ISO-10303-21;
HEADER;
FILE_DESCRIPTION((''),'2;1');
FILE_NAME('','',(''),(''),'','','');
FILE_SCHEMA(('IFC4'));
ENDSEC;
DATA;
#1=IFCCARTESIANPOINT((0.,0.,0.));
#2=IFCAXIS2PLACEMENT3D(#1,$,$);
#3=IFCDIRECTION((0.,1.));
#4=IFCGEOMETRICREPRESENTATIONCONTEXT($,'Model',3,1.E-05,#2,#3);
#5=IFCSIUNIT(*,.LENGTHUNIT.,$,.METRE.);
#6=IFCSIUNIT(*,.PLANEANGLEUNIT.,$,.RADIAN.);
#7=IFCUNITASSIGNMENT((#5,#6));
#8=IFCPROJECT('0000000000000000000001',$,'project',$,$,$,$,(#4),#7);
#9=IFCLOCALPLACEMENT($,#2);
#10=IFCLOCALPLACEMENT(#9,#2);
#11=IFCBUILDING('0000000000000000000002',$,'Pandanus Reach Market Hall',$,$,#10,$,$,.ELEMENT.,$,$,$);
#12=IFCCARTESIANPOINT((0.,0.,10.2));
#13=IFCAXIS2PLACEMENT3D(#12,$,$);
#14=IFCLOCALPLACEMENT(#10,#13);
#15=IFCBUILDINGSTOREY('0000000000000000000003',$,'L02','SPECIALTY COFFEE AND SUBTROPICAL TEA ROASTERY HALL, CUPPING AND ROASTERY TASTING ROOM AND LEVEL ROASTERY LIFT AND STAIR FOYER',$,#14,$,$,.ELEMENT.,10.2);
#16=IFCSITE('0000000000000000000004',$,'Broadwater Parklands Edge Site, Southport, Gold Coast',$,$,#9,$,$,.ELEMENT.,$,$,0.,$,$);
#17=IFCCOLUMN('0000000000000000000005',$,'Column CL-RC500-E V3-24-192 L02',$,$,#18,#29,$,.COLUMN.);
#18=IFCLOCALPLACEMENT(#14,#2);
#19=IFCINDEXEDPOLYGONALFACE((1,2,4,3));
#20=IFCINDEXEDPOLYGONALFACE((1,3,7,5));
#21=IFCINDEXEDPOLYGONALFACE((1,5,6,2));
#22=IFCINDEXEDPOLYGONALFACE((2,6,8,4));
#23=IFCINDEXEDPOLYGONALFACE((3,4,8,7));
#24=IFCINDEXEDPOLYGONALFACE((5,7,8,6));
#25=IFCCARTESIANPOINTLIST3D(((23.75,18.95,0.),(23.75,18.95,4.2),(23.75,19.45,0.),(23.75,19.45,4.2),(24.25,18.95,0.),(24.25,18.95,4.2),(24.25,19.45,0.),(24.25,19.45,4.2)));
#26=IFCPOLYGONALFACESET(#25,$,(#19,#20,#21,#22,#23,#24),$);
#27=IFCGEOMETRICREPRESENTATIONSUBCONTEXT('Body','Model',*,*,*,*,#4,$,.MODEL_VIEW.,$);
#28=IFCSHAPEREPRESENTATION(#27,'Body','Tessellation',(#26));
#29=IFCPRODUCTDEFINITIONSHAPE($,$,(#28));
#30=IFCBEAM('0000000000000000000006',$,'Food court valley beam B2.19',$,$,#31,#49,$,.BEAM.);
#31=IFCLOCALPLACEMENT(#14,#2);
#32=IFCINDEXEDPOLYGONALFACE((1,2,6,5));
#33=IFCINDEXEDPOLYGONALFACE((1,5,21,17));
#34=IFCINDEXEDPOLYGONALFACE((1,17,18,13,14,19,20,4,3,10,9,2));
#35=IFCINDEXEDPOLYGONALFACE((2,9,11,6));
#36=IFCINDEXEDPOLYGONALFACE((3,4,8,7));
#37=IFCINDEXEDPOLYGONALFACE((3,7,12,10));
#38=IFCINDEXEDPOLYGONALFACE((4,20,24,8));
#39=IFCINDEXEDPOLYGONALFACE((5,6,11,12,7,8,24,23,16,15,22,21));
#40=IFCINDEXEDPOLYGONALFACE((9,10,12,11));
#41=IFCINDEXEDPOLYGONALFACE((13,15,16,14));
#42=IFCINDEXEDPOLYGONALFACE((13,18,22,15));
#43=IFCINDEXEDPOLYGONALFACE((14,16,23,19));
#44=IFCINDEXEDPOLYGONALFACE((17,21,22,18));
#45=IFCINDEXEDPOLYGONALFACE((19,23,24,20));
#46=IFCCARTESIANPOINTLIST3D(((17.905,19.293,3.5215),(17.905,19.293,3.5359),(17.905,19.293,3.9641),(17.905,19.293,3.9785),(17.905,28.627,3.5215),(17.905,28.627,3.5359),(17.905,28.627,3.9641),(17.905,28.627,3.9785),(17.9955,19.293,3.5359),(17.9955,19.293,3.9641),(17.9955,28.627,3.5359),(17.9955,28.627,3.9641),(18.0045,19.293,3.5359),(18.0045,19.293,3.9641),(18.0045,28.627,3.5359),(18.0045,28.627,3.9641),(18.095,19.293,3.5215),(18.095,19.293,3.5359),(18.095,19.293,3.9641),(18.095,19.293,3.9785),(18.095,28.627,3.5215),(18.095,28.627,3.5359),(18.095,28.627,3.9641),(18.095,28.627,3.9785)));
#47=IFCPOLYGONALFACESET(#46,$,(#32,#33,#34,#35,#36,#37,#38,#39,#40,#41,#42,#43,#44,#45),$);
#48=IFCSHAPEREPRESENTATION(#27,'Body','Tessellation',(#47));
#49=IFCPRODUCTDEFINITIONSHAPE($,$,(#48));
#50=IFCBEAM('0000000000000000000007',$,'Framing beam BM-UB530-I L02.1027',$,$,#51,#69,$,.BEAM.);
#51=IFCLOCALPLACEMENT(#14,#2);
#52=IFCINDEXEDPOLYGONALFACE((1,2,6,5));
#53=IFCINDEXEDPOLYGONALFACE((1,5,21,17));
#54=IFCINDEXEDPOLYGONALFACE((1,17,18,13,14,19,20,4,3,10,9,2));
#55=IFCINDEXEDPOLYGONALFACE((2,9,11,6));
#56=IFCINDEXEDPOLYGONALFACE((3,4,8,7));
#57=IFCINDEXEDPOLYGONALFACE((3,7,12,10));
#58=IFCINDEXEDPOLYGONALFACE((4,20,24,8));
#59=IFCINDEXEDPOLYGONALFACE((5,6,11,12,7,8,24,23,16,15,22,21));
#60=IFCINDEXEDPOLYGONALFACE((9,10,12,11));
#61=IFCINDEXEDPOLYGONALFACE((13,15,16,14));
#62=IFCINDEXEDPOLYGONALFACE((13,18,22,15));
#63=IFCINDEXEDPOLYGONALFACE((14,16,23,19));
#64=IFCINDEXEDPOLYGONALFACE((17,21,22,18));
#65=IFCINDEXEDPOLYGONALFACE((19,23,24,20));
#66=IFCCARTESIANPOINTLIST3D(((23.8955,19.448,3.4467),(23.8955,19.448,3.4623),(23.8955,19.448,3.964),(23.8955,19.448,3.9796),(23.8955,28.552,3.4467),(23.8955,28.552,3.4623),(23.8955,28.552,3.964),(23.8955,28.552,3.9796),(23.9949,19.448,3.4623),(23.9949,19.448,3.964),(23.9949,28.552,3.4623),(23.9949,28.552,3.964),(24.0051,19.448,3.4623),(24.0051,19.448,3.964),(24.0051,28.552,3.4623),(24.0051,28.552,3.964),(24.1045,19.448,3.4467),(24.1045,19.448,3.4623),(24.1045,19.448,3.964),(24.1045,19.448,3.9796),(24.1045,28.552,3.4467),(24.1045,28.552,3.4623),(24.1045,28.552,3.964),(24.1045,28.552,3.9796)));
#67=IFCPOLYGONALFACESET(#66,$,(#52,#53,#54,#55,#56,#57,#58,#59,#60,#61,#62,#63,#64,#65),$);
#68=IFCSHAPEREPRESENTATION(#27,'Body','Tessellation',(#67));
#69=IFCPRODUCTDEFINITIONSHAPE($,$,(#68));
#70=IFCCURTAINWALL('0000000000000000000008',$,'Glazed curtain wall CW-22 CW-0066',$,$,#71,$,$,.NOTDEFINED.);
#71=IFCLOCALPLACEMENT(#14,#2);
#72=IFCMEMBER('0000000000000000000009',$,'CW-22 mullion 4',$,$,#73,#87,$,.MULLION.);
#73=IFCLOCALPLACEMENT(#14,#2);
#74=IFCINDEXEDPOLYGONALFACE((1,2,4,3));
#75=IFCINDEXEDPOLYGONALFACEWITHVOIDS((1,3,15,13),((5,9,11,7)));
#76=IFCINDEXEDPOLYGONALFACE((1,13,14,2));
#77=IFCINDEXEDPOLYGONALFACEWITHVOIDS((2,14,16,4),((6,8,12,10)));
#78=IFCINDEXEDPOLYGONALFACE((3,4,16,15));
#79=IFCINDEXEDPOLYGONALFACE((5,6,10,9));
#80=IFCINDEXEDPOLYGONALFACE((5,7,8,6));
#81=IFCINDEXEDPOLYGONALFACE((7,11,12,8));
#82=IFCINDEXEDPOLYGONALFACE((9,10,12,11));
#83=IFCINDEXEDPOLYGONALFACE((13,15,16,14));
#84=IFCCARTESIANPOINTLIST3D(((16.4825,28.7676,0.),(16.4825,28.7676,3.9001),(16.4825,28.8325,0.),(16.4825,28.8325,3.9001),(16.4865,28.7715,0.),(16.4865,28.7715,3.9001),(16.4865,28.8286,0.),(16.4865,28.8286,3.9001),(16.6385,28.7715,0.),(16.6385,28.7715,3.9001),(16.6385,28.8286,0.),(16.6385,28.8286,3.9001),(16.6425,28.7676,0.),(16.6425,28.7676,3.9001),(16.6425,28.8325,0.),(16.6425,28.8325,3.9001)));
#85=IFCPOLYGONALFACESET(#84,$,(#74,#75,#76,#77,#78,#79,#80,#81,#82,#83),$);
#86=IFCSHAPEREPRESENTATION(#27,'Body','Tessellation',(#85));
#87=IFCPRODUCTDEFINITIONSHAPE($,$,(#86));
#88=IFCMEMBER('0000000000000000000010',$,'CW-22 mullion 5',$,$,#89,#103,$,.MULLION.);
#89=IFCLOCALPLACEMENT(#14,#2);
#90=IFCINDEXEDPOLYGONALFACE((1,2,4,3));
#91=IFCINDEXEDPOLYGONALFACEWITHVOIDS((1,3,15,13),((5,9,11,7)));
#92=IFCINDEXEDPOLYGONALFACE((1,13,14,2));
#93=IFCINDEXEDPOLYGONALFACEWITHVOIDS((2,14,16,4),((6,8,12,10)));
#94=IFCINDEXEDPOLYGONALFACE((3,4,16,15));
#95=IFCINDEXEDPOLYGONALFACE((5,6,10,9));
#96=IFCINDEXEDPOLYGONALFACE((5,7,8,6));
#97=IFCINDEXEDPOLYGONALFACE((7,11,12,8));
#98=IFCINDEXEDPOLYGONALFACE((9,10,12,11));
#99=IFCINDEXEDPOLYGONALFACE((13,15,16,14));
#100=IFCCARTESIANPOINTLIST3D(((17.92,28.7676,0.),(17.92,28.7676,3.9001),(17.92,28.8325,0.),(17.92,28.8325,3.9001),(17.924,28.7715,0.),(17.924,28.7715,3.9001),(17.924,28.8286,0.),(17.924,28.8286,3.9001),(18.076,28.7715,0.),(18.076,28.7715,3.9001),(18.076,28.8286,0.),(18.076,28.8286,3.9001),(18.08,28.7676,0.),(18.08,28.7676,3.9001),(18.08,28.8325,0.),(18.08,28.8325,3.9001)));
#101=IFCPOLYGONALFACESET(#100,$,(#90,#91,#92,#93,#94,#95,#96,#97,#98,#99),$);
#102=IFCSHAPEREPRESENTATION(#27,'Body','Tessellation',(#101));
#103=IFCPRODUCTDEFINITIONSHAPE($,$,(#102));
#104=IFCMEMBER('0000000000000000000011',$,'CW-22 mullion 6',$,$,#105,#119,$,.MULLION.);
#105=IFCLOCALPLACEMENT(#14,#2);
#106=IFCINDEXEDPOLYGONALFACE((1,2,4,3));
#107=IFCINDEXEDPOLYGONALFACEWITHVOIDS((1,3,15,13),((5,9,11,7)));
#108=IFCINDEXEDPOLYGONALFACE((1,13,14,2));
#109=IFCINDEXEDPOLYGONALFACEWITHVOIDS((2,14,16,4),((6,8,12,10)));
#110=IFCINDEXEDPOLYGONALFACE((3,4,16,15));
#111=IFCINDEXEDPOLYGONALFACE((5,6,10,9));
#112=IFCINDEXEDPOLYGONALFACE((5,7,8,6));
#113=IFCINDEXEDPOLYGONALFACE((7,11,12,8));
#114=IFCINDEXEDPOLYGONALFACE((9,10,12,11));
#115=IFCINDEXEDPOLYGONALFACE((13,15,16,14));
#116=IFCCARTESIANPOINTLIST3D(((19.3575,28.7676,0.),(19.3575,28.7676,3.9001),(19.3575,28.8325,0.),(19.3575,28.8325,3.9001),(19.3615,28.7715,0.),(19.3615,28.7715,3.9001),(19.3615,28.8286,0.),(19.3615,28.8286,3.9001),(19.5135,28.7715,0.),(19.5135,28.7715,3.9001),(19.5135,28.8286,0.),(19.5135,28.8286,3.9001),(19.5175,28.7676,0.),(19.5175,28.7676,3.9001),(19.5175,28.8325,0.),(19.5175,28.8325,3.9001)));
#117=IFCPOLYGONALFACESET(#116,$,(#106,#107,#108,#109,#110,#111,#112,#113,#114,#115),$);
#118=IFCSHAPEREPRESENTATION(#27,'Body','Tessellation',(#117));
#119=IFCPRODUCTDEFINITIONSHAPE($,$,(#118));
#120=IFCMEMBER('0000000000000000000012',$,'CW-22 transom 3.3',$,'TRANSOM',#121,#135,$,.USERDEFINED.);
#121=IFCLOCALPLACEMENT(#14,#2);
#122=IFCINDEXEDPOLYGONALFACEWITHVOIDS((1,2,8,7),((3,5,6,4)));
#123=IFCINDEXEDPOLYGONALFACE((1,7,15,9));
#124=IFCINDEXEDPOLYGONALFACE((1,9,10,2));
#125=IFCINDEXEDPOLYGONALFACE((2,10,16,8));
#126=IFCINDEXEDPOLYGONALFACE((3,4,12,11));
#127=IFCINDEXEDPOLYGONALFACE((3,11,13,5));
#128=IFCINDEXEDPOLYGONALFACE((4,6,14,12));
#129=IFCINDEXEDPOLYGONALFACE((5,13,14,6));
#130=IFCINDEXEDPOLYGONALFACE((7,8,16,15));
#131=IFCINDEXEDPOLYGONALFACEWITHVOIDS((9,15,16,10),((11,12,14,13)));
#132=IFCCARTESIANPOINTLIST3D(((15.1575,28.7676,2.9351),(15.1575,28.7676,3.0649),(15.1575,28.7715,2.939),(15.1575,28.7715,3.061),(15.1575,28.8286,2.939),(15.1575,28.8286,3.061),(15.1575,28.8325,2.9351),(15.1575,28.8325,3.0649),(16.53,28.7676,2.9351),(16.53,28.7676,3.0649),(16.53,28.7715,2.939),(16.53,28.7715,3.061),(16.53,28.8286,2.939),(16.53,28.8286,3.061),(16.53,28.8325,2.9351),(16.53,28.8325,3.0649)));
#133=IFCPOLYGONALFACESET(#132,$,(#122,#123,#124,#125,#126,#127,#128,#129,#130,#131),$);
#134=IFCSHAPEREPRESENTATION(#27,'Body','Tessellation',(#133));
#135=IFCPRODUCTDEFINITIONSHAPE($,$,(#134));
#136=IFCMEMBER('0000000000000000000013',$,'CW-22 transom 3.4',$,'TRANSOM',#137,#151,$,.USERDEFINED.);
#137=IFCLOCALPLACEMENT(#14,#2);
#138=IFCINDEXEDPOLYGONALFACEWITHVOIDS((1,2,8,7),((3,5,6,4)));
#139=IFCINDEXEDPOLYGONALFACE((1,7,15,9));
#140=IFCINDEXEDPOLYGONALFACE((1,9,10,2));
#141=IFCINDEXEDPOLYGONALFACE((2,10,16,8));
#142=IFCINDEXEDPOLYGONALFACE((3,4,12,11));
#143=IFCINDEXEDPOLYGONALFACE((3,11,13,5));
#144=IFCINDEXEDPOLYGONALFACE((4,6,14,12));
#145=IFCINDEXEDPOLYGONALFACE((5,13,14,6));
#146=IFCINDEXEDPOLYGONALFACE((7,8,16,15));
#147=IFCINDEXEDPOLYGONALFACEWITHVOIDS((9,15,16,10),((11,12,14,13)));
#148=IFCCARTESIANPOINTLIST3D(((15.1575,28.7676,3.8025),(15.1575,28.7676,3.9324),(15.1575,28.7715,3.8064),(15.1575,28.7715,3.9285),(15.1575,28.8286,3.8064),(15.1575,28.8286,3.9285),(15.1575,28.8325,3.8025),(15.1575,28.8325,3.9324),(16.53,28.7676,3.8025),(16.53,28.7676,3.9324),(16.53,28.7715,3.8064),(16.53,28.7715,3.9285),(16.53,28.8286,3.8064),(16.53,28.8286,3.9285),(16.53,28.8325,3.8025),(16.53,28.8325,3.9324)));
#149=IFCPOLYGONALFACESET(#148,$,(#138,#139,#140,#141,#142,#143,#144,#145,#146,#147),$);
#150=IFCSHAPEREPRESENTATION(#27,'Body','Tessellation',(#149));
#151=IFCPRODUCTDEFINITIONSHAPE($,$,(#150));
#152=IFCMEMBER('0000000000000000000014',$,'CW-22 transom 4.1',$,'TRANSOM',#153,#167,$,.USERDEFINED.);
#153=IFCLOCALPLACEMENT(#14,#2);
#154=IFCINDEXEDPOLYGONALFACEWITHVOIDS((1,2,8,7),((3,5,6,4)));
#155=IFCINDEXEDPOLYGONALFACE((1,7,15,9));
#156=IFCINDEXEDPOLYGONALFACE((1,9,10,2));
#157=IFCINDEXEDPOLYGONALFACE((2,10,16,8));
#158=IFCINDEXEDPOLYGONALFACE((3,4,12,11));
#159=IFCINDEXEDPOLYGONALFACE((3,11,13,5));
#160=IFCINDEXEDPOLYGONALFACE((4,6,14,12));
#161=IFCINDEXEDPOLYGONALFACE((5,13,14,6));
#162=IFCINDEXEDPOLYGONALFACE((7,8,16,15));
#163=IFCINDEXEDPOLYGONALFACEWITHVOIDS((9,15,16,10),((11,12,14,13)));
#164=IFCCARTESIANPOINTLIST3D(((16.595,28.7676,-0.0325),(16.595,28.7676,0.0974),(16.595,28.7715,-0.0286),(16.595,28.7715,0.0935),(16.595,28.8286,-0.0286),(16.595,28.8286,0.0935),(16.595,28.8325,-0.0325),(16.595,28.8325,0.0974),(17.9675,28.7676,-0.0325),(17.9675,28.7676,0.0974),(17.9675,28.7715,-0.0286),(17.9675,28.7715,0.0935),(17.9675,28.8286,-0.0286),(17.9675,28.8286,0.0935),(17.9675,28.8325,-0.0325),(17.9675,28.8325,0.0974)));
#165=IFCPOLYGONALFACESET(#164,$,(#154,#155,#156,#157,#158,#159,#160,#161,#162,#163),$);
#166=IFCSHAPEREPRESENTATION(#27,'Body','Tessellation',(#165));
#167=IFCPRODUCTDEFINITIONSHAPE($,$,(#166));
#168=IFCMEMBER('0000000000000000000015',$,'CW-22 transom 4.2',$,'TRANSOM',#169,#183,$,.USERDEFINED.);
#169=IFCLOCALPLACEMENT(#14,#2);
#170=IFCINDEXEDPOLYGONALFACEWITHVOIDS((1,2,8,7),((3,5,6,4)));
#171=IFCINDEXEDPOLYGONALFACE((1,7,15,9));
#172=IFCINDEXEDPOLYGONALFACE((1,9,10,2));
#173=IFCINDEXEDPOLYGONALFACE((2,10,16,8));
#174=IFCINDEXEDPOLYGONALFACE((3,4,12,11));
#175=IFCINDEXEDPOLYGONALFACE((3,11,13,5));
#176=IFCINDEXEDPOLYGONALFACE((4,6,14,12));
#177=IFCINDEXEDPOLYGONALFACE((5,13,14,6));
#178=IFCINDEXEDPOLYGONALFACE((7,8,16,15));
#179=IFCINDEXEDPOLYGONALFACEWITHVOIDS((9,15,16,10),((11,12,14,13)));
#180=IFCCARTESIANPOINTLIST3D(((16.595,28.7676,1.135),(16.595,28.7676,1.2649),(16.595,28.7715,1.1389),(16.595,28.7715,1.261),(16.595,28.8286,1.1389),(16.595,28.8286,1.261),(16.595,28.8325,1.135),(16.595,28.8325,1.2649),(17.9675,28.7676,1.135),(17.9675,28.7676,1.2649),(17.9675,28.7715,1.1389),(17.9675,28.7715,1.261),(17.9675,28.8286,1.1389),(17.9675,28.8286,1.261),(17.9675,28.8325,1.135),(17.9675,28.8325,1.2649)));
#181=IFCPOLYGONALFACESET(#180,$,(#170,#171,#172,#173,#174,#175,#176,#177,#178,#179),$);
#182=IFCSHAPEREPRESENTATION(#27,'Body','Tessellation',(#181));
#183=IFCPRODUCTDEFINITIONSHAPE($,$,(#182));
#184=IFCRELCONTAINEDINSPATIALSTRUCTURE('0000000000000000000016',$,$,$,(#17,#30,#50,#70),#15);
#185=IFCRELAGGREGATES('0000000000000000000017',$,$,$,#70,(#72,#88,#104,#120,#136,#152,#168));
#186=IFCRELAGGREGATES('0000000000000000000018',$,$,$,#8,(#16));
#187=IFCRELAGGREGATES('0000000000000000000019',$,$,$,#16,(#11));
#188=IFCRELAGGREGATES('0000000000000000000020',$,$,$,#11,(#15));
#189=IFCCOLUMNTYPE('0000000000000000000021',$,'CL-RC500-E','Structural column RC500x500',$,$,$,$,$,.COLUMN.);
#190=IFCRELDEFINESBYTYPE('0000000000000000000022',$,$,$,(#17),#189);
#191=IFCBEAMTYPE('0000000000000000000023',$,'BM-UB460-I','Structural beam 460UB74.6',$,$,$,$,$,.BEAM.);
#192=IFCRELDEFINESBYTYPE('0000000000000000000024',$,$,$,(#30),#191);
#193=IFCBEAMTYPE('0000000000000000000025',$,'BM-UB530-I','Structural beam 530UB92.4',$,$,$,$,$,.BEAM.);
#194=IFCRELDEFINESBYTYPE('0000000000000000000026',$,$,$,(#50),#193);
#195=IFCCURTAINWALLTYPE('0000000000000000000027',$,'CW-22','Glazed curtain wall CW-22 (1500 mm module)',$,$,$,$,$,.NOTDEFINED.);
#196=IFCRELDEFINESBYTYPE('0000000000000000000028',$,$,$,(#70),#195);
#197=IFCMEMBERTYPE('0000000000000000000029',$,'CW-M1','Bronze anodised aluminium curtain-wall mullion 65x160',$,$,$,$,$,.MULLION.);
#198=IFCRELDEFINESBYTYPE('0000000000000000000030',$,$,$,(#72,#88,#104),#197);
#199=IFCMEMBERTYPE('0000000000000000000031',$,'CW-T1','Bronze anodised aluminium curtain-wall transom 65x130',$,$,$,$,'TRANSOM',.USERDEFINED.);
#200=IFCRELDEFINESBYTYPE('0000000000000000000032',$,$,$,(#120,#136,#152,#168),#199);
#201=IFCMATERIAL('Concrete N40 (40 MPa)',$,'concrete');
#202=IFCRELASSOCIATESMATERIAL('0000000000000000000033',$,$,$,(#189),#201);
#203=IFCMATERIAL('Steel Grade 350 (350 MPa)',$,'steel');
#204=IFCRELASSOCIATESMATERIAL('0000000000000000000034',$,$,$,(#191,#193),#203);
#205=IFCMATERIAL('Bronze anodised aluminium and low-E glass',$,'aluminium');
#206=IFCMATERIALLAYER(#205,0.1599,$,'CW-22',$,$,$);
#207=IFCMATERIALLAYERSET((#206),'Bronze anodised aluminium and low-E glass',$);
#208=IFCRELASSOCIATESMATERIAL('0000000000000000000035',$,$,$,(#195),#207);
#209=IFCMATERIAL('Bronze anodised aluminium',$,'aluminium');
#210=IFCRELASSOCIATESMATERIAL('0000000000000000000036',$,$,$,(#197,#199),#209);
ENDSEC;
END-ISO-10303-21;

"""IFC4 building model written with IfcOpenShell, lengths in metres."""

from ifc_helpers import new_model, si_unit, direction, frame, origin, origin_2d, place, context, subcontext, project, spatial, rectangle, hollow_rectangle, i_section, extrude, material, layer, layer_set, material_profile, profile_set, type_object, element, aggregate, save


model = new_model("IFC4")

# Units and contexts
model_context = context("Model", 3, precision=1e-05, world=origin(), true_north=direction((0.0, 1.0)))
body_context = subcontext(model_context, "Body", "Model", "MODEL_VIEW")
ifc_project = project(units=[si_unit("LENGTHUNIT", "METRE"), si_unit("PLANEANGLEUNIT", "RADIAN")], contexts=[model_context])

# Site, building, storey
site_placement = place(None, origin())
site = spatial("IfcSite", under=ifc_project, at=site_placement, Name="Broadwater Parklands Edge Site, Southport, Gold Coast", CompositionType="ELEMENT", RefElevation=0.0)
building_placement = place(site_placement, origin())
building = spatial("IfcBuilding", under=site, at=building_placement, Name="Pandanus Reach Market Hall", CompositionType="ELEMENT")
storey_placement = place(building_placement, frame((0.0, 0.0, 10.2)))
storey = spatial("IfcBuildingStorey", under=building, at=storey_placement, Name="L02", Description="SPECIALTY COFFEE AND SUBTROPICAL TEA ROASTERY HALL, CUPPING AND ROASTERY TASTING ROOM AND LEVEL ROASTERY LIFT AND STAIR FOYER", CompositionType="ELEMENT", Elevation=10.2)

# Column
ifc_material_1 = material(Name="Concrete N40 (40 MPa)", Category="concrete")
ifc_material_profile_1 = material_profile(ifc_material_1, rectangle(XDim=0.5, YDim=0.5, at=origin_2d()), Name="RC500x500", Category="LoadBearing")
ifc_profile_set_1 = profile_set([ifc_material_profile_1], Name="Concrete N40 (40 MPa)")
column_type = type_object("IfcColumnType", Name="CL-RC500-E", Description="Structural column RC500x500", PredefinedType="COLUMN", material=ifc_profile_set_1)
column_placement = place(storey_placement, frame((24.0, 19.2, 0.0), z_axis=(0.0, 0.0, 1.0), x_axis=(1.0, 0.0, 0.0)))
element("IfcColumn", 1, at=column_placement, inside=storey, type_object=column_type, Name="Column CL-RC500-E V3-24-192 L02", PredefinedType="COLUMN", context=body_context, shape_type="SweptSolid", body=[
    extrude(rectangle(XDim=0.5, YDim=0.5, at=origin_2d()), origin(), (0.0, 0.0, 1.0), 4.2),
])

# Beams
ifc_material_2 = material(Name="Steel Grade 350 (350 MPa)", Category="steel")
ifc_material_profile_2 = material_profile(ifc_material_2, i_section(OverallWidth=0.1899, OverallDepth=0.457, WebThickness=0.009, FlangeThickness=0.0144, at=origin_2d()), Name="460UB74.6", Category="LoadBearing")
ifc_profile_set_2 = profile_set([ifc_material_profile_2], Name="Steel Grade 350 (350 MPa)")
beam_type_1 = type_object("IfcBeamType", Name="BM-UB460-I", Description="Structural beam 460UB74.6", PredefinedType="BEAM", material=ifc_profile_set_2)
beam_1_placement = place(storey_placement, frame((18.0, 19.293, 3.75), z_axis=(0.0, 1.0, 0.0), x_axis=(-1.0, 0.0, 0.0)))
element("IfcBeam", 2, at=beam_1_placement, inside=storey, type_object=beam_type_1, Name="Food court valley beam B2.19", PredefinedType="BEAM", context=body_context, shape_type="SweptSolid", body=[
    extrude(i_section(OverallWidth=0.1899, OverallDepth=0.457, WebThickness=0.009, FlangeThickness=0.0144, at=origin_2d()), origin(), (0.0, 0.0, 1.0), 9.334),
])
ifc_material_profile_3 = material_profile(ifc_material_2, i_section(OverallWidth=0.209, OverallDepth=0.533, WebThickness=0.0103, FlangeThickness=0.0156, at=origin_2d()), Name="530UB92.4", Category="LoadBearing")
ifc_profile_set_3 = profile_set([ifc_material_profile_3], Name="Steel Grade 350 (350 MPa)")
beam_type_2 = type_object("IfcBeamType", Name="BM-UB530-I", Description="Structural beam 530UB92.4", PredefinedType="BEAM", material=ifc_profile_set_3)
beam_2_placement = place(storey_placement, frame((24.0, 19.448, 3.7131), z_axis=(0.0, 1.0, 0.0), x_axis=(-1.0, 0.0, 0.0)))
element("IfcBeam", 3, at=beam_2_placement, inside=storey, type_object=beam_type_2, Name="Framing beam BM-UB530-I L02.1027", PredefinedType="BEAM", context=body_context, shape_type="SweptSolid", body=[
    extrude(i_section(OverallWidth=0.209, OverallDepth=0.533, WebThickness=0.0103, FlangeThickness=0.0156, at=origin_2d()), origin(), (0.0, 0.0, 1.0), 9.104),
])

# Curtain wall, members
ifc_material_3 = material(Name="Bronze anodised aluminium and low-E glass", Category="aluminium")
ifc_layer_1 = layer(ifc_material_3, 0.1599, Name="CW-22")
ifc_layer_set_1 = layer_set([ifc_layer_1], Name="Bronze anodised aluminium and low-E glass")
curtain_wall_type = type_object("IfcCurtainWallType", Name="CW-22", Description="Glazed curtain wall CW-22 (1500 mm module)", PredefinedType="NOTDEFINED", material=ifc_layer_set_1)
curtain_wall_placement = place(storey_placement, origin())
curtain_wall = element("IfcCurtainWall", 4, at=curtain_wall_placement, inside=storey, type_object=curtain_wall_type, Name="Glazed curtain wall CW-22 CW-0066", PredefinedType="NOTDEFINED")
ifc_material_4 = material(Name="Bronze anodised aluminium", Category="aluminium")
ifc_material_profile_4 = material_profile(ifc_material_4, hollow_rectangle(XDim=0.0649, YDim=0.1599, WallThickness=0.0039, at=origin_2d()), Name="ALU65x160", Category="LoadBearing")
ifc_profile_set_4 = profile_set([ifc_material_profile_4], Name="Bronze anodised aluminium")
member_type_1 = type_object("IfcMemberType", Name="CW-M1", Description="Bronze anodised aluminium curtain-wall mullion 65x160", PredefinedType="MULLION", material=ifc_profile_set_4)
member_1_placement = place(storey_placement, frame((16.5625, 28.8, 0.0), z_axis=(0.0, 0.0, 1.0), x_axis=(0.0, 1.0, 0.0)))
member_1 = element("IfcMember", 5, at=member_1_placement, type_object=member_type_1, Name="CW-22 mullion 4", PredefinedType="MULLION", context=body_context, shape_type="SweptSolid", body=[
    extrude(hollow_rectangle(XDim=0.0649, YDim=0.1599, WallThickness=0.0039, at=origin_2d()), origin(), (0.0, 0.0, 1.0), 3.9001),
])
member_2_placement = place(storey_placement, frame((18.0, 28.8, 0.0), z_axis=(0.0, 0.0, 1.0), x_axis=(0.0, 1.0, 0.0)))
member_2 = element("IfcMember", 6, at=member_2_placement, type_object=member_type_1, Name="CW-22 mullion 5", PredefinedType="MULLION", context=body_context, shape_type="SweptSolid", body=[
    extrude(hollow_rectangle(XDim=0.0649, YDim=0.1599, WallThickness=0.0039, at=origin_2d()), origin(), (0.0, 0.0, 1.0), 3.9001),
])
member_3_placement = place(storey_placement, frame((19.4375, 28.8, 0.0), z_axis=(0.0, 0.0, 1.0), x_axis=(0.0, 1.0, 0.0)))
member_3 = element("IfcMember", 7, at=member_3_placement, type_object=member_type_1, Name="CW-22 mullion 6", PredefinedType="MULLION", context=body_context, shape_type="SweptSolid", body=[
    extrude(hollow_rectangle(XDim=0.0649, YDim=0.1599, WallThickness=0.0039, at=origin_2d()), origin(), (0.0, 0.0, 1.0), 3.9001),
])
ifc_material_profile_5 = material_profile(ifc_material_4, hollow_rectangle(XDim=0.0649, YDim=0.1299, WallThickness=0.0039, at=origin_2d()), Name="ALU65x130", Category="LoadBearing")
ifc_profile_set_5 = profile_set([ifc_material_profile_5], Name="Bronze anodised aluminium")
member_type_2 = type_object("IfcMemberType", Name="CW-T1", Description="Bronze anodised aluminium curtain-wall transom 65x130", ElementType="TRANSOM", PredefinedType="USERDEFINED", material=ifc_profile_set_5)
member_4_placement = place(storey_placement, frame((15.1575, 28.8, 3.0), z_axis=(1.0, 0.0, 0.0), x_axis=(0.0, 1.0, 0.0)))
member_4 = element("IfcMember", 8, at=member_4_placement, type_object=member_type_2, Name="CW-22 transom 3.3", ObjectType="TRANSOM", PredefinedType="USERDEFINED", context=body_context, shape_type="SweptSolid", body=[
    extrude(hollow_rectangle(XDim=0.0649, YDim=0.1299, WallThickness=0.0039, at=origin_2d()), origin(), (0.0, 0.0, 1.0), 1.3726),
])
member_5_placement = place(storey_placement, frame((15.1575, 28.8, 3.8674), z_axis=(1.0, 0.0, 0.0), x_axis=(0.0, 1.0, 0.0)))
member_5 = element("IfcMember", 9, at=member_5_placement, type_object=member_type_2, Name="CW-22 transom 3.4", ObjectType="TRANSOM", PredefinedType="USERDEFINED", context=body_context, shape_type="SweptSolid", body=[
    extrude(hollow_rectangle(XDim=0.0649, YDim=0.1299, WallThickness=0.0039, at=origin_2d()), origin(), (0.0, 0.0, 1.0), 1.3726),
])
member_6_placement = place(storey_placement, frame((16.595, 28.8, 0.0325), z_axis=(1.0, 0.0, 0.0), x_axis=(0.0, 1.0, 0.0)))
member_6 = element("IfcMember", 10, at=member_6_placement, type_object=member_type_2, Name="CW-22 transom 4.1", ObjectType="TRANSOM", PredefinedType="USERDEFINED", context=body_context, shape_type="SweptSolid", body=[
    extrude(hollow_rectangle(XDim=0.0649, YDim=0.1299, WallThickness=0.0039, at=origin_2d()), origin(), (0.0, 0.0, 1.0), 1.3726),
])
member_7_placement = place(storey_placement, frame((16.595, 28.8, 1.2), z_axis=(1.0, 0.0, 0.0), x_axis=(0.0, 1.0, 0.0)))
member_7 = element("IfcMember", 11, at=member_7_placement, type_object=member_type_2, Name="CW-22 transom 4.2", ObjectType="TRANSOM", PredefinedType="USERDEFINED", context=body_context, shape_type="SweptSolid", body=[
    extrude(hollow_rectangle(XDim=0.0649, YDim=0.1299, WallThickness=0.0039, at=origin_2d()), origin(), (0.0, 0.0, 1.0), 1.3726),
])

aggregate(curtain_wall, [member_1, member_2, member_3, member_4, member_5, member_6, member_7])

save(model, "model.ifc")
